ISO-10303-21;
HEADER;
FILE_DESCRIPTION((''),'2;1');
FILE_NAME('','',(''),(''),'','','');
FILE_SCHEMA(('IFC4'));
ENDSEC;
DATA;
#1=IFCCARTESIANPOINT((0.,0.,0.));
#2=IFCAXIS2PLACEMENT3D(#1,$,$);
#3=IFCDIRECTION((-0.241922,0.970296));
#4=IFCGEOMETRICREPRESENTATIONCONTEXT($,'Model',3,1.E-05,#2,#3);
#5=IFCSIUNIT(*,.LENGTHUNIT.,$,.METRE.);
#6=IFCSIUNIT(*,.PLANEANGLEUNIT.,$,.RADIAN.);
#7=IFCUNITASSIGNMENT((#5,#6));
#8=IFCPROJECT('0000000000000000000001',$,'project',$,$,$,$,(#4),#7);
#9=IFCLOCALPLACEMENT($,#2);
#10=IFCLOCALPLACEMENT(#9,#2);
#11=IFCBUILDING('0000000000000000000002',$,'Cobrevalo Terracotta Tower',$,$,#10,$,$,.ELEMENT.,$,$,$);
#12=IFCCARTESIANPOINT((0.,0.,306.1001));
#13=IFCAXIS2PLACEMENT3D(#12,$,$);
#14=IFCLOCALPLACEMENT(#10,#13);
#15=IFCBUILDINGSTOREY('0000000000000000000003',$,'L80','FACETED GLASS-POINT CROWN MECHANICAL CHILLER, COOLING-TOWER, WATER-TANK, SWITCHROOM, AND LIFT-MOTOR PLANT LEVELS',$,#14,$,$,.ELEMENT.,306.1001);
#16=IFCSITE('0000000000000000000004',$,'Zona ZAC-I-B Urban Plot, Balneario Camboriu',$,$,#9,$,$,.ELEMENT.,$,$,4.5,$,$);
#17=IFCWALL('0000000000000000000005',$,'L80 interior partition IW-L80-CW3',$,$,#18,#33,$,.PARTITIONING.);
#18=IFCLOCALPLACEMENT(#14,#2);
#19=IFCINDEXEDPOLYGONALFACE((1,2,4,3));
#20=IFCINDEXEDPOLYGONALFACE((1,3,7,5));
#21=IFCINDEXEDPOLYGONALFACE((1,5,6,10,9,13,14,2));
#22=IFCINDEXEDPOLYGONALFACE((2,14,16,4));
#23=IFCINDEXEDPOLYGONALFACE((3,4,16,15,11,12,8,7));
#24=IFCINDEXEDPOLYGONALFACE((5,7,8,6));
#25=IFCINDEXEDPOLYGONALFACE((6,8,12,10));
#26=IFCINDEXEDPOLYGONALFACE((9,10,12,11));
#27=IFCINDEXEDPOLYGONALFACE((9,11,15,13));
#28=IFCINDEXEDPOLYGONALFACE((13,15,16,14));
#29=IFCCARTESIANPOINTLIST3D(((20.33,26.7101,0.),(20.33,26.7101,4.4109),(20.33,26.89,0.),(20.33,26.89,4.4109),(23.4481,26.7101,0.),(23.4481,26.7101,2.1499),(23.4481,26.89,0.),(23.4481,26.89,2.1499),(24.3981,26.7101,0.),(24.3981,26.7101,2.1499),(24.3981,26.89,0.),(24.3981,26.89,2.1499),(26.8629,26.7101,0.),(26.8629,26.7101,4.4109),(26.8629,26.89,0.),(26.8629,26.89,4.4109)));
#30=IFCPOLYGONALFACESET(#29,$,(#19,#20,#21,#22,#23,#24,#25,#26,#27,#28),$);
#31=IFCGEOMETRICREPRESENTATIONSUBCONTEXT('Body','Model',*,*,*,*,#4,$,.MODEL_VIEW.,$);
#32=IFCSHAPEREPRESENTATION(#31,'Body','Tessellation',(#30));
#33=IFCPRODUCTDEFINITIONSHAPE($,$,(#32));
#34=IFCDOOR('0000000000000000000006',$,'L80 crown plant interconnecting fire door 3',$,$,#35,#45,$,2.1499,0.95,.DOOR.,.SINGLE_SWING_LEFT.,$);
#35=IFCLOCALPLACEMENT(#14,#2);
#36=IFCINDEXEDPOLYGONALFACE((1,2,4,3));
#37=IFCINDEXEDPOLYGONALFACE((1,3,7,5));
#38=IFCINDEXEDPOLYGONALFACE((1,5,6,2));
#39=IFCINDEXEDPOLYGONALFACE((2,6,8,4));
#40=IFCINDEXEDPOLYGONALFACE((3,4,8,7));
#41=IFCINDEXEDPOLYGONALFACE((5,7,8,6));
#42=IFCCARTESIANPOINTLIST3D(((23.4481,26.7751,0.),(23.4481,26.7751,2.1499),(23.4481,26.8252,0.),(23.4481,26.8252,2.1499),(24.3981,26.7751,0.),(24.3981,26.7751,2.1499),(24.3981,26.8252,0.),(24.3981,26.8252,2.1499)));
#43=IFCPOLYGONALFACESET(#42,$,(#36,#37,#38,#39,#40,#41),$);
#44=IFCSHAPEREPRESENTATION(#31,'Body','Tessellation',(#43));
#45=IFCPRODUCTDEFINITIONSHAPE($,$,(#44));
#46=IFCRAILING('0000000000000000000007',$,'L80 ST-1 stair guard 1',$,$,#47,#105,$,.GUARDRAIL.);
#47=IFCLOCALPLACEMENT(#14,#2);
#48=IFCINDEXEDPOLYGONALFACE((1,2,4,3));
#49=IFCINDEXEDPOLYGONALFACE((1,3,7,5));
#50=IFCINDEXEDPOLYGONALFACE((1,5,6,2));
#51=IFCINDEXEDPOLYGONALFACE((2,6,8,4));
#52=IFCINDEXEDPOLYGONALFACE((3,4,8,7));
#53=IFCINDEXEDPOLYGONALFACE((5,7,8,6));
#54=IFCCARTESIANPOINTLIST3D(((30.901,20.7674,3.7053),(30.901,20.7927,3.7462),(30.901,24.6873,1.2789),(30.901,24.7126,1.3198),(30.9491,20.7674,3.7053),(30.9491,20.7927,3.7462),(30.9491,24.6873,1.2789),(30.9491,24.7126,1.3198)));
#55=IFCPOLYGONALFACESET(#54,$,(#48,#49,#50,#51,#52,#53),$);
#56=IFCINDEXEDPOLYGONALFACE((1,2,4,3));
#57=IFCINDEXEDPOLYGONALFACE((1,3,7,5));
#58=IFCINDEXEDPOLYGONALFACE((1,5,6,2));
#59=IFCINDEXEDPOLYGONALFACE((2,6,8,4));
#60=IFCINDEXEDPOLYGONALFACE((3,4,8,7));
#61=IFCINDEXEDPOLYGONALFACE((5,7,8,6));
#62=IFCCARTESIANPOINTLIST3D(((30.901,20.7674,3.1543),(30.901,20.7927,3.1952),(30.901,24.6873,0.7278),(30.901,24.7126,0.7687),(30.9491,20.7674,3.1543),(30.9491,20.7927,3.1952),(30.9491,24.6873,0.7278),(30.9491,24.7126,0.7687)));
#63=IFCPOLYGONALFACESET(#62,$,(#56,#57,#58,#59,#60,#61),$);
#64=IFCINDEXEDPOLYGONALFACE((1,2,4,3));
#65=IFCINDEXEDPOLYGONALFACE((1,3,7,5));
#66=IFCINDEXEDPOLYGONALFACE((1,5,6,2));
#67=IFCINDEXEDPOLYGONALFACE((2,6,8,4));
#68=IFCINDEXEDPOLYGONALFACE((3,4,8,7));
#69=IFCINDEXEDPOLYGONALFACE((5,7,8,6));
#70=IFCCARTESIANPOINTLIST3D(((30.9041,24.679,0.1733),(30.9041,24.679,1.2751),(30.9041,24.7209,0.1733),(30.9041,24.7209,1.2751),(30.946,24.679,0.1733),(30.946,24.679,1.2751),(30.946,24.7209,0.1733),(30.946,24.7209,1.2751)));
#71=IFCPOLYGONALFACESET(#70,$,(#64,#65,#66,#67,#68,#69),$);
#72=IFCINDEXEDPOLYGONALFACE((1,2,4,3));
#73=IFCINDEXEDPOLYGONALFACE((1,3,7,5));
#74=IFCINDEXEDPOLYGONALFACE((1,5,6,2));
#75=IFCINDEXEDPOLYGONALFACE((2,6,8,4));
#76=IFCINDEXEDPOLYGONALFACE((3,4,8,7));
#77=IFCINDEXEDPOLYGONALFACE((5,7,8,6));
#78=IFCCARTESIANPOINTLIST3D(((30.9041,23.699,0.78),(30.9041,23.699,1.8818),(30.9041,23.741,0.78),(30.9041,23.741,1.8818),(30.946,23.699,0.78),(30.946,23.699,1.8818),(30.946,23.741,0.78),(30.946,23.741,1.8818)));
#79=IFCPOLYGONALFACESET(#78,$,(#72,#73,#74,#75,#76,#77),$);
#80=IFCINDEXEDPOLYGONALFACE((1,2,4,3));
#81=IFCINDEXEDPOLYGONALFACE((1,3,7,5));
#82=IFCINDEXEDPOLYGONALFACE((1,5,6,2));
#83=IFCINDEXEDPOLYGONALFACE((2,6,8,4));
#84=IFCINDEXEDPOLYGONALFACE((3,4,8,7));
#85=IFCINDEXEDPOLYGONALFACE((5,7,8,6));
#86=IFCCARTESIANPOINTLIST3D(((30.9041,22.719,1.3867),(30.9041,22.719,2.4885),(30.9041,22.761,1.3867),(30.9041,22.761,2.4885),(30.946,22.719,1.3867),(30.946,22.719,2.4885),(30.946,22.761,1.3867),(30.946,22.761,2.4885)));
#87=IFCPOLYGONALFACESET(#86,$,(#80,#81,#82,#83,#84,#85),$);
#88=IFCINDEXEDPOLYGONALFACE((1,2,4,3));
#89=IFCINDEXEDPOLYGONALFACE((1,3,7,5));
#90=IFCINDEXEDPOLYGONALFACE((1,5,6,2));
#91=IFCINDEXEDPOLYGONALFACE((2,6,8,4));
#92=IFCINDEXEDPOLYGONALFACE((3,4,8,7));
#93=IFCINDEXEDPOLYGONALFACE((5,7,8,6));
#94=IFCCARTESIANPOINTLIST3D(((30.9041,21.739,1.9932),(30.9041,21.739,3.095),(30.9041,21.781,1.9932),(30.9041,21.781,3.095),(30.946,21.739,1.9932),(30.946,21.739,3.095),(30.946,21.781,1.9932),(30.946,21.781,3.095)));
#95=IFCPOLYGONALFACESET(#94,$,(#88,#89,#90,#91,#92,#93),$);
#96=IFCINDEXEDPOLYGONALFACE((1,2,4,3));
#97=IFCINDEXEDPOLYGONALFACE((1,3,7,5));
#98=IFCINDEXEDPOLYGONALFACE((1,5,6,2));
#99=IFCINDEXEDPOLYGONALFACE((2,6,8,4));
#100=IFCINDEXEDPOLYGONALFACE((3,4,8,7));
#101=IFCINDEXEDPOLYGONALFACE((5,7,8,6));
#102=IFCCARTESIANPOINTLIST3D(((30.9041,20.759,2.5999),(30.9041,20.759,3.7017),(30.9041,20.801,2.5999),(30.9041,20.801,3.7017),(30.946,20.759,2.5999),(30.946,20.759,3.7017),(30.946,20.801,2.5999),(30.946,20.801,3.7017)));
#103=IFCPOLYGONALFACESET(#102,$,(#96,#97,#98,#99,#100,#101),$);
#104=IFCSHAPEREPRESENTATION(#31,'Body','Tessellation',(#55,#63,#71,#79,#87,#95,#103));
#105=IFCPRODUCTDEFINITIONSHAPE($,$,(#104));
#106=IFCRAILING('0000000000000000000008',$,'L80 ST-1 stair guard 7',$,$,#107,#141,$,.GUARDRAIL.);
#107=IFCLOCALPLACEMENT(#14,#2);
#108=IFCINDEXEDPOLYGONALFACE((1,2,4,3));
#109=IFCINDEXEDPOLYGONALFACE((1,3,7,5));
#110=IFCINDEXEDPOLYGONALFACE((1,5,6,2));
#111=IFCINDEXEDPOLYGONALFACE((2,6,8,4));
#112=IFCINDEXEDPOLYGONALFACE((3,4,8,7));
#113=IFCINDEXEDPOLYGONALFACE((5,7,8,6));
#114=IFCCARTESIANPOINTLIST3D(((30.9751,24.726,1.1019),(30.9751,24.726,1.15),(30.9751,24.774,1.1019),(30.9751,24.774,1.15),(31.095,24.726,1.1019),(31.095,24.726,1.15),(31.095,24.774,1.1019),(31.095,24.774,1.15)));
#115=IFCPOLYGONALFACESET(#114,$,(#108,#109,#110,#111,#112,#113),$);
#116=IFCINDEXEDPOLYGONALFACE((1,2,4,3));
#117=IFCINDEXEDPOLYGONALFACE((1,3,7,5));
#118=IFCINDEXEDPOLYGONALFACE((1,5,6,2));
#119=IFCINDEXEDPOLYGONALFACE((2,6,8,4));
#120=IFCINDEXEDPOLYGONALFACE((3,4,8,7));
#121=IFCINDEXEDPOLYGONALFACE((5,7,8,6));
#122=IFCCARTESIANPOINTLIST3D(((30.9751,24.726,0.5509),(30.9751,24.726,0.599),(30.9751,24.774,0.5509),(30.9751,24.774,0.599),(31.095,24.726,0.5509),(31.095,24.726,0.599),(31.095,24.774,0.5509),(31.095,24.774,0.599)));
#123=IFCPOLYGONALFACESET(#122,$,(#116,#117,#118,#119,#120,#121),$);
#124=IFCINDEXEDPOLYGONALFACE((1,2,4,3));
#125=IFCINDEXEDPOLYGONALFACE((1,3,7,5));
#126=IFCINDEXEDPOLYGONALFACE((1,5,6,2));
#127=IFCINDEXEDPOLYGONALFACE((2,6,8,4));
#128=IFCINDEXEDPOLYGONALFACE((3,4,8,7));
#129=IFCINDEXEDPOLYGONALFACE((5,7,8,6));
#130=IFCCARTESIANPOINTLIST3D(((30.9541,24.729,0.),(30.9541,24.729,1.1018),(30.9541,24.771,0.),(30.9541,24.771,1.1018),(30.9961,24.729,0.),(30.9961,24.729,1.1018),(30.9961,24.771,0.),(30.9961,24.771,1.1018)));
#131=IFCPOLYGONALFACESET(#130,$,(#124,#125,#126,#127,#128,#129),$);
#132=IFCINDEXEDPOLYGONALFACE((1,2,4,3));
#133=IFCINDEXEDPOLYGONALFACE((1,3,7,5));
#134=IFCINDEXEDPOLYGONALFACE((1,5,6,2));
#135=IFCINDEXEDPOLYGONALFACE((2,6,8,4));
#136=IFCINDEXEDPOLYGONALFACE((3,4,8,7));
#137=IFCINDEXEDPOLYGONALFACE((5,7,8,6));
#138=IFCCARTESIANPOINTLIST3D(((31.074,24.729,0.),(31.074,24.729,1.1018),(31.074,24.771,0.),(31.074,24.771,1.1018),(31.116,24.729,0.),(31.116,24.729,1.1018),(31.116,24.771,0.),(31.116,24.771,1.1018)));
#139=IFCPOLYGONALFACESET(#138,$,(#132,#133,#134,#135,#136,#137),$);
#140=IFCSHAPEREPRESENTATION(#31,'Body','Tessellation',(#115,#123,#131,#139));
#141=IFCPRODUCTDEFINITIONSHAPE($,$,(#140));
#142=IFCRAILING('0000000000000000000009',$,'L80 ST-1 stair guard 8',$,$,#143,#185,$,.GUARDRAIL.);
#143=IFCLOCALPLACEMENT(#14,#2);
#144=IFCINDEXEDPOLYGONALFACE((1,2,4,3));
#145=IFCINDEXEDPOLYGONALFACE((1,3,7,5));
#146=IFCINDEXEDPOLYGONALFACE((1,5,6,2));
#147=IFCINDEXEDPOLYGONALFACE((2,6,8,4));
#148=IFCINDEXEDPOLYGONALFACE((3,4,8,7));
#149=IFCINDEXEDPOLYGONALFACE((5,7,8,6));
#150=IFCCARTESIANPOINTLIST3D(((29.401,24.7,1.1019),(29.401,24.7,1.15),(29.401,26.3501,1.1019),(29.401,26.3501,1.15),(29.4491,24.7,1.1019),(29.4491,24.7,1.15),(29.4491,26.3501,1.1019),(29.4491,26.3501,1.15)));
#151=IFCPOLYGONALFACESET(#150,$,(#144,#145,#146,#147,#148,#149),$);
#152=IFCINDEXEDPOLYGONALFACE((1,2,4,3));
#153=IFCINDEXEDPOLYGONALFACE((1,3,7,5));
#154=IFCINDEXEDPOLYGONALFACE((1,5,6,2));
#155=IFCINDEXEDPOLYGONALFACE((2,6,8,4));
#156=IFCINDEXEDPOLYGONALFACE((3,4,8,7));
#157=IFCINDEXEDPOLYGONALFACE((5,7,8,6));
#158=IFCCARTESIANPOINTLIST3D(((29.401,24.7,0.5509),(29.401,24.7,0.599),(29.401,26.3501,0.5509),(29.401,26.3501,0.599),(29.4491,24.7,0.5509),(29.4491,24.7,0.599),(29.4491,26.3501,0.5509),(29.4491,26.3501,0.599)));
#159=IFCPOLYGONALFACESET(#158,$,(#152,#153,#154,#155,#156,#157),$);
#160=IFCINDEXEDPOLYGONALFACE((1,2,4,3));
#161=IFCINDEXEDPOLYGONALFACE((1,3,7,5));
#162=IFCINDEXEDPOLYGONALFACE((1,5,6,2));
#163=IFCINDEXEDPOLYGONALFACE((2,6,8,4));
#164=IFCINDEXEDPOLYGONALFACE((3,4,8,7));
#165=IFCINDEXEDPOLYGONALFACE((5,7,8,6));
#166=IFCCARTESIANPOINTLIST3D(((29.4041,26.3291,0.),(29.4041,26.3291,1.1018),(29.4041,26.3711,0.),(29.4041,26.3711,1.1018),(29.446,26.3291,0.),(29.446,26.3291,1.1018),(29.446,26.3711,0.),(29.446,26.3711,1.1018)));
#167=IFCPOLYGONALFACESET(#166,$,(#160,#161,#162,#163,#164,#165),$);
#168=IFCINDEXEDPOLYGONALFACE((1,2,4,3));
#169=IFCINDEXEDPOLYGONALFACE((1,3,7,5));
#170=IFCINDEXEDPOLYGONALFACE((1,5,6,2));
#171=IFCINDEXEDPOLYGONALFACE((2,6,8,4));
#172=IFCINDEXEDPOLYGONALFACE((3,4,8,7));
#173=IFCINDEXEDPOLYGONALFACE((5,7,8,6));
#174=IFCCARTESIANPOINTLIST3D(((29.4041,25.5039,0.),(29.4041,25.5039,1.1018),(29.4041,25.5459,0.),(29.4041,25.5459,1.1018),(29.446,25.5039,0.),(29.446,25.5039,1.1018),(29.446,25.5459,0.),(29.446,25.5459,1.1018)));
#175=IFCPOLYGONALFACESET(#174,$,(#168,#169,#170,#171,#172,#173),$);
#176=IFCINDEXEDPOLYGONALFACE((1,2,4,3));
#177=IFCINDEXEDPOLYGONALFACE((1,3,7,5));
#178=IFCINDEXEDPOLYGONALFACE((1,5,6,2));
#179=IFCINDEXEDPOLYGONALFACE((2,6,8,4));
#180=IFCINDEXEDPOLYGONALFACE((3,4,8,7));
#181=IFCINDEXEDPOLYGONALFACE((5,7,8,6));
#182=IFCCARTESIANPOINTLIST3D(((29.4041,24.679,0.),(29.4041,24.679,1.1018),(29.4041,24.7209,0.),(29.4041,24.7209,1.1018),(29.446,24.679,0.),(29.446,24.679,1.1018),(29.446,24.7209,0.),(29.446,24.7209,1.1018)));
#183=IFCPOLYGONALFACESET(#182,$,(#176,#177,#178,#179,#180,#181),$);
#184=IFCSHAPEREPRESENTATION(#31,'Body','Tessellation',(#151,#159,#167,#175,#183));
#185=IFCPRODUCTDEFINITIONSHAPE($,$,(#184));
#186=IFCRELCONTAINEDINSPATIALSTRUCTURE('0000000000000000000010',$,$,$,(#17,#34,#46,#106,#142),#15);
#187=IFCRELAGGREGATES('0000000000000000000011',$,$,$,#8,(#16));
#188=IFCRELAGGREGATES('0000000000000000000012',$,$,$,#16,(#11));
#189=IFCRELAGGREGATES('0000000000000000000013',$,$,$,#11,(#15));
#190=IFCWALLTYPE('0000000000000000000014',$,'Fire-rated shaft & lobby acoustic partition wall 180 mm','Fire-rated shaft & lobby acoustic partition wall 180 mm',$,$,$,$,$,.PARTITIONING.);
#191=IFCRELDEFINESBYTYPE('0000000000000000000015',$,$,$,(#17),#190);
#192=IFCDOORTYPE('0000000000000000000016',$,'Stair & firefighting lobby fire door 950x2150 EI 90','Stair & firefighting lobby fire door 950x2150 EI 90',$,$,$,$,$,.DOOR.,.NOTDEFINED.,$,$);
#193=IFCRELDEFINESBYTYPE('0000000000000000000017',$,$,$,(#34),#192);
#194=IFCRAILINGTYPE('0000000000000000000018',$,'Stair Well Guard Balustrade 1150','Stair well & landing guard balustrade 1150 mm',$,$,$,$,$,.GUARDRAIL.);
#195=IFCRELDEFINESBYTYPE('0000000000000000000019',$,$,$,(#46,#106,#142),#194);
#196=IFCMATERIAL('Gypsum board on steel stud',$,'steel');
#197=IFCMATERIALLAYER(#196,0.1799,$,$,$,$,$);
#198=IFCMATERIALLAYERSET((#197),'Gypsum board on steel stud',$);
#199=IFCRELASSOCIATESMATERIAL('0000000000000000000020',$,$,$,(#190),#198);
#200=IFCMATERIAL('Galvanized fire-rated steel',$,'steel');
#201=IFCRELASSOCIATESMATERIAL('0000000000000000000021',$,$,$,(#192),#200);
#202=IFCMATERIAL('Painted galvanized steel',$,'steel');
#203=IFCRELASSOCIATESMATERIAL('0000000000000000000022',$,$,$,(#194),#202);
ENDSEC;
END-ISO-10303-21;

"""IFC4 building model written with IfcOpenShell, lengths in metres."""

from ifc_helpers import new_model, si_unit, direction, frame, frame_2d, origin, origin_2d, place, context, subcontext, project, spatial, rectangle, extrude, source, transform, mapped, material, layer, layer_set, type_object, element, fill, save


model = new_model("IFC4")

# Units and contexts
model_context = context("Model", 3, precision=1e-05, world=origin(), true_north=direction((-0.241922, 0.970296)))
body_context = subcontext(model_context, "Body", "Model", "MODEL_VIEW")
ifc_project = project(units=[si_unit("LENGTHUNIT", "METRE"), si_unit("PLANEANGLEUNIT", "RADIAN")], contexts=[model_context])

# Site, building, storey
site_placement = place(None, origin())
site = spatial("IfcSite", under=ifc_project, at=site_placement, Name="Zona ZAC-I-B Urban Plot, Balneario Camboriu", CompositionType="ELEMENT", RefElevation=4.5)
building_placement = place(site_placement, origin())
building = spatial("IfcBuilding", under=site, at=building_placement, Name="Cobrevalo Terracotta Tower", CompositionType="ELEMENT")
storey_placement = place(building_placement, frame((0.0, 0.0, 306.1001)))
storey = spatial("IfcBuildingStorey", under=building, at=storey_placement, Name="L80", Description="FACETED GLASS-POINT CROWN MECHANICAL CHILLER, COOLING-TOWER, WATER-TANK, SWITCHROOM, AND LIFT-MOTOR PLANT LEVELS", CompositionType="ELEMENT", Elevation=306.1001)

# Shared definitions
ifc_material_1 = material(Name="Gypsum board on steel stud", Category="steel")

# Shared definitions
ifc_layer_1 = layer(ifc_material_1, 0.1799)
ifc_layer_set_1 = layer_set([ifc_layer_1], Name="Gypsum board on steel stud")
wall_type_1 = type_object("IfcWallType", Name="Fire-rated shaft & lobby acoustic partition wall 180 mm", Description="Fire-rated shaft & lobby acoustic partition wall 180 mm", PredefinedType="PARTITIONING", material=ifc_layer_set_1)

# Wall, opening, door
wall_1_placement = place(storey_placement, frame((26.863, 26.8, 0.0), z_axis=(0.0, 0.0, 1.0), x_axis=(-1.0, 0.0, 0.0)))
wall_1 = element("IfcWall", 1, at=wall_1_placement, inside=storey, type_object=wall_type_1, Name="L80 interior partition IW-L80-CW3", PredefinedType="PARTITIONING", context=body_context, shape_type="SweptSolid", body=[
    extrude(rectangle(XDim=6.533, YDim=0.1799, at=frame_2d((3.2666, 0.0))), origin(), (0.0, 0.0, 1.0), 4.4109),
])
opening_1_placement = place(wall_1_placement, frame((2.4648, 0.0, 0.0)))
opening_1 = element("IfcOpeningElement", 2, at=opening_1_placement, cuts=wall_1, PredefinedType="OPENING", context=body_context, shape_type="SweptSolid", body=[
    extrude(rectangle(XDim=0.95, YDim=2.1499, at=frame_2d((0.4751, 1.075))), frame((0.0, 0.1001, 0.0), z_axis=(0.0, -1.0, 0.0), x_axis=(1.0, 0.0, 0.0)), (0.0, 0.0, 1.0), 0.2),
])
ifc_material_2 = material(Name="Galvanized fire-rated steel", Category="steel")
door_type_1 = type_object("IfcDoorType", Name="Stair & firefighting lobby fire door 950x2150 EI 90", Description="Stair & firefighting lobby fire door 950x2150 EI 90", OperationType="NOTDEFINED", PredefinedType="DOOR", material=ifc_material_2)
shared_shape_1 = source(origin(), body_context, "Body", "SweptSolid", [
    extrude(rectangle(XDim=0.95, YDim=2.1499, at=frame_2d((0.4751, 1.075))), frame((0.0, 0.0249, 0.0), z_axis=(0.0, -1.0, 0.0), x_axis=(1.0, 0.0, 0.0)), (0.0, 0.0, 1.0), 0.05),
])
door_1_placement = place(opening_1_placement, origin())
door_1 = element("IfcDoor", 3, at=door_1_placement, inside=storey, type_object=door_type_1, Name="L80 crown plant interconnecting fire door 3", OperationType="SINGLE_SWING_LEFT", OverallHeight=2.1499, OverallWidth=0.95, PredefinedType="DOOR", context=body_context, shape_type="MappedRepresentation", body=[
    mapped(shared_shape_1, transform((0.0, 0.0, 0.0), scale=1.0)),
])
fill(opening_1, door_1)

# Railings
ifc_material_3 = material(Name="Painted galvanized steel", Category="steel")
railing_type = type_object("IfcRailingType", Name="Stair Well Guard Balustrade 1150", Description="Stair well & landing guard balustrade 1150 mm", PredefinedType="GUARDRAIL", material=ifc_material_3)
railing_1_placement = place(storey_placement, frame((30.925, 24.7, 0.1733)))
element("IfcRailing", 4, at=railing_1_placement, inside=storey, type_object=railing_type, Name="L80 ST-1 stair guard 1", PredefinedType="GUARDRAIL", context=body_context, shape_type="SweptSolid", body=[
    extrude(rectangle(XDim=0.0481, YDim=0.0481, at=origin_2d()), frame((0.0, 0.0, 1.126), z_axis=(0.0, -0.850275, 0.526338), x_axis=(1.0, 0.0, 0.0)), (0.0, 0.0, 1.0), 4.6101),
    extrude(rectangle(XDim=0.0481, YDim=0.0481, at=origin_2d()), frame((0.0, 0.0, 0.575), z_axis=(0.0, -0.850275, 0.526338), x_axis=(1.0, 0.0, 0.0)), (0.0, 0.0, 1.0), 4.6101),
    extrude(rectangle(XDim=0.042, YDim=0.042, at=origin_2d()), origin(), (0.0, 0.0, 1.0), 1.1018),
    extrude(rectangle(XDim=0.042, YDim=0.042, at=origin_2d()), frame((0.0, -0.98, 0.6067)), (0.0, 0.0, 1.0), 1.1018),
    extrude(rectangle(XDim=0.042, YDim=0.042, at=origin_2d()), frame((0.0, -1.96, 1.2134)), (0.0, 0.0, 1.0), 1.1018),
    extrude(rectangle(XDim=0.042, YDim=0.042, at=origin_2d()), frame((0.0, -2.9399, 1.8198)), (0.0, 0.0, 1.0), 1.1018),
    extrude(rectangle(XDim=0.042, YDim=0.042, at=origin_2d()), frame((0.0, -3.9199, 2.4265)), (0.0, 0.0, 1.0), 1.1018),
])
railing_2_placement = place(storey_placement, frame((30.9751, 24.75, 0.0)))
element("IfcRailing", 5, at=railing_2_placement, inside=storey, type_object=railing_type, Name="L80 ST-1 stair guard 7", PredefinedType="GUARDRAIL", context=body_context, shape_type="SweptSolid", body=[
    extrude(rectangle(XDim=0.0481, YDim=0.0481, at=origin_2d()), frame((0.0, 0.0, 1.126), z_axis=(1.0, 0.0, 0.0), x_axis=(0.0, 1.0, 0.0)), (0.0, 0.0, 1.0), 0.1199),
    extrude(rectangle(XDim=0.0481, YDim=0.0481, at=origin_2d()), frame((0.0, 0.0, 0.575), z_axis=(1.0, 0.0, 0.0), x_axis=(0.0, 1.0, 0.0)), (0.0, 0.0, 1.0), 0.1199),
    extrude(rectangle(XDim=0.042, YDim=0.042, at=origin_2d()), origin(), (0.0, 0.0, 1.0), 1.1018),
    extrude(rectangle(XDim=0.042, YDim=0.042, at=origin_2d()), frame((0.1199, 0.0, 0.0)), (0.0, 0.0, 1.0), 1.1018),
])
for number, where, name in (
    (6, (29.425, 26.3501, 0.0), "L80 ST-1 stair guard 8"),
):
    element("IfcRailing", number, at=place(storey_placement, frame(where)), inside=storey, type_object=railing_type, Name=name, PredefinedType="GUARDRAIL", context=body_context, shape_type="SweptSolid", body=[
        extrude(rectangle(XDim=0.0481, YDim=0.0481, at=origin_2d()), frame((0.0, 0.0, 1.126), z_axis=(0.0, -1.0, 0.0), x_axis=(1.0, 0.0, 0.0)), (0.0, 0.0, 1.0), 1.6501),
        extrude(rectangle(XDim=0.0481, YDim=0.0481, at=origin_2d()), frame((0.0, 0.0, 0.575), z_axis=(0.0, -1.0, 0.0), x_axis=(1.0, 0.0, 0.0)), (0.0, 0.0, 1.0), 1.6501),
        extrude(rectangle(XDim=0.042, YDim=0.042, at=origin_2d()), origin(), (0.0, 0.0, 1.0), 1.1018),
        extrude(rectangle(XDim=0.042, YDim=0.042, at=origin_2d()), frame((0.0, -0.8252, 0.0)), (0.0, 0.0, 1.0), 1.1018),
        extrude(rectangle(XDim=0.042, YDim=0.042, at=origin_2d()), frame((0.0, -1.6501, 0.0)), (0.0, 0.0, 1.0), 1.1018),
    ])

save(model, "model.ifc")
